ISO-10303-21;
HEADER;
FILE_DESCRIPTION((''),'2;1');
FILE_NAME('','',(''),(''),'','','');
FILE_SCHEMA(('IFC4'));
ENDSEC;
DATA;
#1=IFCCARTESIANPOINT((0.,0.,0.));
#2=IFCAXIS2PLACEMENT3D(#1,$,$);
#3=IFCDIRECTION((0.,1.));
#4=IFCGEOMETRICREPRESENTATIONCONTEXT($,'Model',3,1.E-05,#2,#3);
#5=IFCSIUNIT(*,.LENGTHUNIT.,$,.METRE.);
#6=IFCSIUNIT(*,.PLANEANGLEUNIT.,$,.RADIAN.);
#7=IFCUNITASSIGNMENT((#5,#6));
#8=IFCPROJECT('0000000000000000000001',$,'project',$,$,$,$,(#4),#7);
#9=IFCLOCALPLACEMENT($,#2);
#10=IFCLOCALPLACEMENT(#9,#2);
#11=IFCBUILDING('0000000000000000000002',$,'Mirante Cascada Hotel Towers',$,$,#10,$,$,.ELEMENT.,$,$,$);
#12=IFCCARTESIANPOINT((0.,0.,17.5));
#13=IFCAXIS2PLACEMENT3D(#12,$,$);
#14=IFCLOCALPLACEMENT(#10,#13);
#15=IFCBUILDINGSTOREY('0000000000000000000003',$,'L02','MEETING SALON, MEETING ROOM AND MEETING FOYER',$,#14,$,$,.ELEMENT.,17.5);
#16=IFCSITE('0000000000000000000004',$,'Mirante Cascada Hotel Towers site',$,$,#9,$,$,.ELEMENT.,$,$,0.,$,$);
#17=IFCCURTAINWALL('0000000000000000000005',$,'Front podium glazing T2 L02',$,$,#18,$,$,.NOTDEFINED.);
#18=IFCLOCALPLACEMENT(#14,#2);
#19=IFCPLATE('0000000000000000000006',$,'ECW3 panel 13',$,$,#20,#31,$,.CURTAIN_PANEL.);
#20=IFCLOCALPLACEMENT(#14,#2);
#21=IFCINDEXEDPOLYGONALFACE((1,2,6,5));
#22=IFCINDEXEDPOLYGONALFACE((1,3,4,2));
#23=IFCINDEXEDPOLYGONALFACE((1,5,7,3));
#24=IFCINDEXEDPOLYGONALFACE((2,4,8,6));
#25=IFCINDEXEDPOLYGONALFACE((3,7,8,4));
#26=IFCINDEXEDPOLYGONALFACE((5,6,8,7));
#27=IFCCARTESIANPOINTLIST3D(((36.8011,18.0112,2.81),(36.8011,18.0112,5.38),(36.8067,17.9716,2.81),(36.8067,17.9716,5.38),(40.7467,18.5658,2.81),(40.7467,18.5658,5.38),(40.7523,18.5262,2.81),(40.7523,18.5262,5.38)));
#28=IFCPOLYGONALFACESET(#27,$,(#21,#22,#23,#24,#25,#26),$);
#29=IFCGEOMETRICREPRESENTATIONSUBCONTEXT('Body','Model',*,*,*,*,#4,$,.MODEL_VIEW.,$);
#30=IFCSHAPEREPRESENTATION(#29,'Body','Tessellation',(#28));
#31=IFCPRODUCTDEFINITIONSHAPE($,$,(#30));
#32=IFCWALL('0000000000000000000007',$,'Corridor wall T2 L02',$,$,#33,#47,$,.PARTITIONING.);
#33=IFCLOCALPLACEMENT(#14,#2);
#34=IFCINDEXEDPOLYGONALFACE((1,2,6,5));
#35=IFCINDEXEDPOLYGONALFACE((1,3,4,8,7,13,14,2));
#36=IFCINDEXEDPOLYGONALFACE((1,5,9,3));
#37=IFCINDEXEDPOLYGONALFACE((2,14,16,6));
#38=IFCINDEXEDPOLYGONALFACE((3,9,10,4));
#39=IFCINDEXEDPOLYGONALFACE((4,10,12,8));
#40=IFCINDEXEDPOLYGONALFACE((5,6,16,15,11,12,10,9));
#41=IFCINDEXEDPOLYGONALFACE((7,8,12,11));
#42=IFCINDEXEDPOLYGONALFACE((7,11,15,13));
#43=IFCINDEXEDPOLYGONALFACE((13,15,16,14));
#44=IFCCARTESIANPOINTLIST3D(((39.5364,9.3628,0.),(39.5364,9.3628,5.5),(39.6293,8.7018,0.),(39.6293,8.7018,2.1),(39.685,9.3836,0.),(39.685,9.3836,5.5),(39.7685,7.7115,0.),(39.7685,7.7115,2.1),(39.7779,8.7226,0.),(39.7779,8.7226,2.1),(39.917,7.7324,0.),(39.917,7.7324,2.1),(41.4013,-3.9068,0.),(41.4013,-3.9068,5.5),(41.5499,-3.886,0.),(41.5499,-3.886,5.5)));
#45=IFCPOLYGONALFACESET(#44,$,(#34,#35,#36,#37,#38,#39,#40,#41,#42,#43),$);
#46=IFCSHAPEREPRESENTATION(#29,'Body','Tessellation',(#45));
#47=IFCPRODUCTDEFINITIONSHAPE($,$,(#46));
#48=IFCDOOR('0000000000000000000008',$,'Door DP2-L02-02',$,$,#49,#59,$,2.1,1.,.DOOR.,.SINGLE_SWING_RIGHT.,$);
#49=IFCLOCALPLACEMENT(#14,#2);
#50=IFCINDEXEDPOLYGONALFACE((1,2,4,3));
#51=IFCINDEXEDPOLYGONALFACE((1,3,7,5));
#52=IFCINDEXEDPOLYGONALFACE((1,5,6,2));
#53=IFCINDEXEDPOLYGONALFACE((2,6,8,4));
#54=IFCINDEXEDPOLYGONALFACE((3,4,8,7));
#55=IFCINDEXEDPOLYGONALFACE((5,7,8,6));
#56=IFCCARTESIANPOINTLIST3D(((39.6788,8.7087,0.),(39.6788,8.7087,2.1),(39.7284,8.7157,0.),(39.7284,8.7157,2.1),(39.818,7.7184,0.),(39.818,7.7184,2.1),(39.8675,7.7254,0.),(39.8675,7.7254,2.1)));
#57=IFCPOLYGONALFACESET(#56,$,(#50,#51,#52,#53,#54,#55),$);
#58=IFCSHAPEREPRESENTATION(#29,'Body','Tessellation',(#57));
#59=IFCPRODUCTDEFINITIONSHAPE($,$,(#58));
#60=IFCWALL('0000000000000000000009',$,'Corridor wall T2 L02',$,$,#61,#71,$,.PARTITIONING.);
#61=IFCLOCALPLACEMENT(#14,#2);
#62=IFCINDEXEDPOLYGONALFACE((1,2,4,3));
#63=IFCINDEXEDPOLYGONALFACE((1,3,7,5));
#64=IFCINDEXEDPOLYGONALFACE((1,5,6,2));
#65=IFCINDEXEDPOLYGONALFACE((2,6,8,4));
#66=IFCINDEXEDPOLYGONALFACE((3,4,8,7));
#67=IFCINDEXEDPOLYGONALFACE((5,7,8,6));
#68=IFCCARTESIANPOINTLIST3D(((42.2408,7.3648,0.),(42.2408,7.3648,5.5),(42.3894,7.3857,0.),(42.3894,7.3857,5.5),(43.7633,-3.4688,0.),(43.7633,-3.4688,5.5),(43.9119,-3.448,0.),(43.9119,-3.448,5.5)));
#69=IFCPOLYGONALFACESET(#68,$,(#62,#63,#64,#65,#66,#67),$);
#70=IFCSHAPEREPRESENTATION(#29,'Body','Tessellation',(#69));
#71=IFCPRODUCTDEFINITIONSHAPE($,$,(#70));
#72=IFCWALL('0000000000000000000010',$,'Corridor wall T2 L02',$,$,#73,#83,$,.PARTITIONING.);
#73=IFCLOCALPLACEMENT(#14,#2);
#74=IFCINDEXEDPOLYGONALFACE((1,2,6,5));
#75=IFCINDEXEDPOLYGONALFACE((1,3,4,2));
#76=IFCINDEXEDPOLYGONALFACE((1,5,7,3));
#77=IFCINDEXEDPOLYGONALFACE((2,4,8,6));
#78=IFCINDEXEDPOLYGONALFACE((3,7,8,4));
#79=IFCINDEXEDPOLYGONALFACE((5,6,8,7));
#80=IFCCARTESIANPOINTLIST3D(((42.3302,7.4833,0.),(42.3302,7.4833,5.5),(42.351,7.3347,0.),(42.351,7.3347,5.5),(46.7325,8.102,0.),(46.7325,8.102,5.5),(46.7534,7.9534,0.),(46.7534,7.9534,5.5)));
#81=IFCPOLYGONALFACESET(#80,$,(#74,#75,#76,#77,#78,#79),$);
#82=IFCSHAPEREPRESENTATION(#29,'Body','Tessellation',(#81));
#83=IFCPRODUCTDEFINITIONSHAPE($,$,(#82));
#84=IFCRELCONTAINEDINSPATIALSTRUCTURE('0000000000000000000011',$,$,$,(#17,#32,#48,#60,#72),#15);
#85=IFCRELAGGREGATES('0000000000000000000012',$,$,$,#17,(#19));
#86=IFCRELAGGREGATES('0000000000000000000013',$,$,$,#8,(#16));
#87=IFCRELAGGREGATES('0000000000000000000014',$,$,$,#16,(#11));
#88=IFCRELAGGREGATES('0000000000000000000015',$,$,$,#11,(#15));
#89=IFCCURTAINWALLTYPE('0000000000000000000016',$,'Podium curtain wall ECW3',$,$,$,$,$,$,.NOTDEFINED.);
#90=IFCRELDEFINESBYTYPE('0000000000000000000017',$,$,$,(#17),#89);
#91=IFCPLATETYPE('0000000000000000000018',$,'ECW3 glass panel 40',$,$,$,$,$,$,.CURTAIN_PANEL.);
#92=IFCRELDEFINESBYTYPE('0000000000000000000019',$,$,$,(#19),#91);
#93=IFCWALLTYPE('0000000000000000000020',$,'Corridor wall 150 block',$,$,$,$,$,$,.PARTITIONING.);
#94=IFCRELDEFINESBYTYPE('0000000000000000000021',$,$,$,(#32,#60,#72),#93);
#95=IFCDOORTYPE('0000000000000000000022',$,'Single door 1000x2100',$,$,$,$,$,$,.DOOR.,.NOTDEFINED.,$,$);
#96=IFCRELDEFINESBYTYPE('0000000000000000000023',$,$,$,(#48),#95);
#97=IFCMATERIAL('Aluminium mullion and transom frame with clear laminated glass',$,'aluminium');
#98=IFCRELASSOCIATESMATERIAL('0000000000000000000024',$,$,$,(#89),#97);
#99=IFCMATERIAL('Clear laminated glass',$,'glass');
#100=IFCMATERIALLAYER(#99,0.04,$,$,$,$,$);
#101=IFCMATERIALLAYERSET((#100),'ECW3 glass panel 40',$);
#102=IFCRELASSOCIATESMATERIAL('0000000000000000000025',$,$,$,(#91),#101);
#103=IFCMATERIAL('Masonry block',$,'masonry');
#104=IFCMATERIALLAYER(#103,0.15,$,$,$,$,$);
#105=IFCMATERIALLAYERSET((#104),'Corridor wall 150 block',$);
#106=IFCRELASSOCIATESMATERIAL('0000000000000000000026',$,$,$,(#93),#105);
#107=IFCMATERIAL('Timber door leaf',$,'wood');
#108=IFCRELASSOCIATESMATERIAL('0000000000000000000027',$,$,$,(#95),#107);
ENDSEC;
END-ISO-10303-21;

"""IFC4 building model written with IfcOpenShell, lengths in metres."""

from ifc_helpers import new_model, si_unit, direction, frame, frame_2d, origin, origin_2d, place, context, subcontext, project, spatial, rectangle, extrude, material, layer, layer_set, type_object, element, fill, aggregate, save


model = new_model("IFC4")

# Units and contexts
model_context = context("Model", 3, precision=1e-05, world=origin(), true_north=direction((0.0, 1.0)))
body_context = subcontext(model_context, "Body", "Model", "MODEL_VIEW")
ifc_project = project(units=[si_unit("LENGTHUNIT", "METRE"), si_unit("PLANEANGLEUNIT", "RADIAN")], contexts=[model_context])

# Site, building, storey
site_placement = place(None, origin())
site = spatial("IfcSite", under=ifc_project, at=site_placement, Name="Mirante Cascada Hotel Towers site", CompositionType="ELEMENT", RefElevation=0.0)
building_placement = place(site_placement, origin())
building = spatial("IfcBuilding", under=site, at=building_placement, Name="Mirante Cascada Hotel Towers", CompositionType="ELEMENT")
storey_placement = place(building_placement, frame((0.0, 0.0, 17.5)))
storey = spatial("IfcBuildingStorey", under=building, at=storey_placement, Name="L02", Description="MEETING SALON, MEETING ROOM AND MEETING FOYER", CompositionType="ELEMENT", Elevation=17.5)

# Curtain wall, plate
ifc_material_1 = material(Name="Aluminium mullion and transom frame with clear laminated glass", Category="aluminium")
curtain_wall_type = type_object("IfcCurtainWallType", Name="Podium curtain wall ECW3", PredefinedType="NOTDEFINED", material=ifc_material_1)
curtain_wall_placement = place(storey_placement, origin())
curtain_wall = element("IfcCurtainWall", 1, at=curtain_wall_placement, inside=storey, type_object=curtain_wall_type, Name="Front podium glazing T2 L02", PredefinedType="NOTDEFINED")
ifc_material_2 = material(Name="Clear laminated glass", Category="glass")
ifc_layer_1 = layer(ifc_material_2, 0.04)
ifc_layer_set_1 = layer_set([ifc_layer_1], Name="ECW3 glass panel 40")
plate_type = type_object("IfcPlateType", Name="ECW3 glass panel 40", PredefinedType="CURTAIN_PANEL", material=ifc_layer_set_1)
plate_1_placement = place(storey_placement, frame((38.7767, 18.2687, 2.81), z_axis=(0.0, 0.0, 1.0), x_axis=(-0.990268, -0.139173, 0.0)))
plate_1 = element("IfcPlate", 2, at=plate_1_placement, type_object=plate_type, Name="ECW3 panel 13", PredefinedType="CURTAIN_PANEL", context=body_context, shape_type="SweptSolid", body=[
    extrude(rectangle(XDim=3.9844, YDim=0.04, at=origin_2d()), origin(), (0.0, 0.0, 1.0), 2.57),
])
aggregate(curtain_wall, [plate_1])

# Wall, opening, door
ifc_material_3 = material(Name="Masonry block", Category="masonry")
ifc_layer_2 = layer(ifc_material_3, 0.15)
ifc_layer_set_2 = layer_set([ifc_layer_2], Name="Corridor wall 150 block")
wall_type_1 = type_object("IfcWallType", Name="Corridor wall 150 block", PredefinedType="PARTITIONING", material=ifc_layer_set_2)
wall_1_placement = place(storey_placement, frame((39.6107, 9.3732, 0.0), z_axis=(0.0, 0.0, 1.0), x_axis=(0.139172, -0.990268, 0.0)))
wall_1 = element("IfcWall", 3, at=wall_1_placement, inside=storey, type_object=wall_type_1, Name="Corridor wall T2 L02", PredefinedType="PARTITIONING", context=body_context, shape_type="SweptSolid", body=[
    extrude(rectangle(XDim=13.4, YDim=0.15, at=frame_2d((6.7, 0.0))), origin(), (0.0, 0.0, 1.0), 5.5),
])
opening_1_placement = place(wall_1_placement, frame((0.6675, 0.0, 0.0)))
opening_1 = element("IfcOpeningElement", 4, at=opening_1_placement, cuts=wall_1, PredefinedType="OPENING", context=body_context, shape_type="SweptSolid", body=[
    extrude(rectangle(XDim=1.0, YDim=2.1, at=frame_2d((0.5, 1.05))), frame((0.0, 0.075, 0.0), z_axis=(0.0, -1.0, 0.0), x_axis=(1.0, 0.0, 0.0)), (0.0, 0.0, 1.0), 0.15),
])
ifc_material_4 = material(Name="Timber door leaf", Category="wood")
door_type = type_object("IfcDoorType", Name="Single door 1000x2100", OperationType="NOTDEFINED", PredefinedType="DOOR", material=ifc_material_4)
door_1_placement = place(opening_1_placement, frame((1.0, 0.0, 0.0), z_axis=(0.0, 0.0, 1.0), x_axis=(-1.0, 0.0, 0.0)))
door_1 = element("IfcDoor", 5, at=door_1_placement, inside=storey, type_object=door_type, Name="Door DP2-L02-02", OperationType="SINGLE_SWING_RIGHT", OverallHeight=2.1, OverallWidth=1.0, PredefinedType="DOOR", context=body_context, shape_type="SweptSolid", body=[
    extrude(rectangle(XDim=1.0, YDim=2.1, at=frame_2d((0.5, 1.05))), frame((0.0, 0.025, 0.0), z_axis=(0.0, -1.0, 0.0), x_axis=(1.0, 0.0, 0.0)), (0.0, 0.0, 1.0), 0.05),
])
fill(opening_1, door_1)

# Walls
wall_2_placement = place(storey_placement, frame((42.3151, 7.3752, 0.0), z_axis=(0.0, 0.0, 1.0), x_axis=(0.139167, -0.990269, 0.0)))
element("IfcWall", 6, at=wall_2_placement, inside=storey, type_object=wall_type_1, Name="Corridor wall T2 L02", PredefinedType="PARTITIONING", context=body_context, shape_type="SweptSolid", body=[
    extrude(rectangle(XDim=10.9401, YDim=0.15, at=frame_2d((5.47, 0.0))), origin(), (0.0, 0.0, 1.0), 5.5),
])
wall_3_placement = place(storey_placement, frame((42.3406, 7.409, 0.0), z_axis=(0.0, 0.0, 1.0), x_axis=(0.990268, 0.139173, 0.0)))
element("IfcWall", 7, at=wall_3_placement, inside=storey, type_object=wall_type_1, Name="Corridor wall T2 L02", PredefinedType="PARTITIONING", context=body_context, shape_type="SweptSolid", body=[
    extrude(rectangle(XDim=4.4456, YDim=0.15, at=frame_2d((2.2228, 0.0))), origin(), (0.0, 0.0, 1.0), 5.5),
])

save(model, "model.ifc")
